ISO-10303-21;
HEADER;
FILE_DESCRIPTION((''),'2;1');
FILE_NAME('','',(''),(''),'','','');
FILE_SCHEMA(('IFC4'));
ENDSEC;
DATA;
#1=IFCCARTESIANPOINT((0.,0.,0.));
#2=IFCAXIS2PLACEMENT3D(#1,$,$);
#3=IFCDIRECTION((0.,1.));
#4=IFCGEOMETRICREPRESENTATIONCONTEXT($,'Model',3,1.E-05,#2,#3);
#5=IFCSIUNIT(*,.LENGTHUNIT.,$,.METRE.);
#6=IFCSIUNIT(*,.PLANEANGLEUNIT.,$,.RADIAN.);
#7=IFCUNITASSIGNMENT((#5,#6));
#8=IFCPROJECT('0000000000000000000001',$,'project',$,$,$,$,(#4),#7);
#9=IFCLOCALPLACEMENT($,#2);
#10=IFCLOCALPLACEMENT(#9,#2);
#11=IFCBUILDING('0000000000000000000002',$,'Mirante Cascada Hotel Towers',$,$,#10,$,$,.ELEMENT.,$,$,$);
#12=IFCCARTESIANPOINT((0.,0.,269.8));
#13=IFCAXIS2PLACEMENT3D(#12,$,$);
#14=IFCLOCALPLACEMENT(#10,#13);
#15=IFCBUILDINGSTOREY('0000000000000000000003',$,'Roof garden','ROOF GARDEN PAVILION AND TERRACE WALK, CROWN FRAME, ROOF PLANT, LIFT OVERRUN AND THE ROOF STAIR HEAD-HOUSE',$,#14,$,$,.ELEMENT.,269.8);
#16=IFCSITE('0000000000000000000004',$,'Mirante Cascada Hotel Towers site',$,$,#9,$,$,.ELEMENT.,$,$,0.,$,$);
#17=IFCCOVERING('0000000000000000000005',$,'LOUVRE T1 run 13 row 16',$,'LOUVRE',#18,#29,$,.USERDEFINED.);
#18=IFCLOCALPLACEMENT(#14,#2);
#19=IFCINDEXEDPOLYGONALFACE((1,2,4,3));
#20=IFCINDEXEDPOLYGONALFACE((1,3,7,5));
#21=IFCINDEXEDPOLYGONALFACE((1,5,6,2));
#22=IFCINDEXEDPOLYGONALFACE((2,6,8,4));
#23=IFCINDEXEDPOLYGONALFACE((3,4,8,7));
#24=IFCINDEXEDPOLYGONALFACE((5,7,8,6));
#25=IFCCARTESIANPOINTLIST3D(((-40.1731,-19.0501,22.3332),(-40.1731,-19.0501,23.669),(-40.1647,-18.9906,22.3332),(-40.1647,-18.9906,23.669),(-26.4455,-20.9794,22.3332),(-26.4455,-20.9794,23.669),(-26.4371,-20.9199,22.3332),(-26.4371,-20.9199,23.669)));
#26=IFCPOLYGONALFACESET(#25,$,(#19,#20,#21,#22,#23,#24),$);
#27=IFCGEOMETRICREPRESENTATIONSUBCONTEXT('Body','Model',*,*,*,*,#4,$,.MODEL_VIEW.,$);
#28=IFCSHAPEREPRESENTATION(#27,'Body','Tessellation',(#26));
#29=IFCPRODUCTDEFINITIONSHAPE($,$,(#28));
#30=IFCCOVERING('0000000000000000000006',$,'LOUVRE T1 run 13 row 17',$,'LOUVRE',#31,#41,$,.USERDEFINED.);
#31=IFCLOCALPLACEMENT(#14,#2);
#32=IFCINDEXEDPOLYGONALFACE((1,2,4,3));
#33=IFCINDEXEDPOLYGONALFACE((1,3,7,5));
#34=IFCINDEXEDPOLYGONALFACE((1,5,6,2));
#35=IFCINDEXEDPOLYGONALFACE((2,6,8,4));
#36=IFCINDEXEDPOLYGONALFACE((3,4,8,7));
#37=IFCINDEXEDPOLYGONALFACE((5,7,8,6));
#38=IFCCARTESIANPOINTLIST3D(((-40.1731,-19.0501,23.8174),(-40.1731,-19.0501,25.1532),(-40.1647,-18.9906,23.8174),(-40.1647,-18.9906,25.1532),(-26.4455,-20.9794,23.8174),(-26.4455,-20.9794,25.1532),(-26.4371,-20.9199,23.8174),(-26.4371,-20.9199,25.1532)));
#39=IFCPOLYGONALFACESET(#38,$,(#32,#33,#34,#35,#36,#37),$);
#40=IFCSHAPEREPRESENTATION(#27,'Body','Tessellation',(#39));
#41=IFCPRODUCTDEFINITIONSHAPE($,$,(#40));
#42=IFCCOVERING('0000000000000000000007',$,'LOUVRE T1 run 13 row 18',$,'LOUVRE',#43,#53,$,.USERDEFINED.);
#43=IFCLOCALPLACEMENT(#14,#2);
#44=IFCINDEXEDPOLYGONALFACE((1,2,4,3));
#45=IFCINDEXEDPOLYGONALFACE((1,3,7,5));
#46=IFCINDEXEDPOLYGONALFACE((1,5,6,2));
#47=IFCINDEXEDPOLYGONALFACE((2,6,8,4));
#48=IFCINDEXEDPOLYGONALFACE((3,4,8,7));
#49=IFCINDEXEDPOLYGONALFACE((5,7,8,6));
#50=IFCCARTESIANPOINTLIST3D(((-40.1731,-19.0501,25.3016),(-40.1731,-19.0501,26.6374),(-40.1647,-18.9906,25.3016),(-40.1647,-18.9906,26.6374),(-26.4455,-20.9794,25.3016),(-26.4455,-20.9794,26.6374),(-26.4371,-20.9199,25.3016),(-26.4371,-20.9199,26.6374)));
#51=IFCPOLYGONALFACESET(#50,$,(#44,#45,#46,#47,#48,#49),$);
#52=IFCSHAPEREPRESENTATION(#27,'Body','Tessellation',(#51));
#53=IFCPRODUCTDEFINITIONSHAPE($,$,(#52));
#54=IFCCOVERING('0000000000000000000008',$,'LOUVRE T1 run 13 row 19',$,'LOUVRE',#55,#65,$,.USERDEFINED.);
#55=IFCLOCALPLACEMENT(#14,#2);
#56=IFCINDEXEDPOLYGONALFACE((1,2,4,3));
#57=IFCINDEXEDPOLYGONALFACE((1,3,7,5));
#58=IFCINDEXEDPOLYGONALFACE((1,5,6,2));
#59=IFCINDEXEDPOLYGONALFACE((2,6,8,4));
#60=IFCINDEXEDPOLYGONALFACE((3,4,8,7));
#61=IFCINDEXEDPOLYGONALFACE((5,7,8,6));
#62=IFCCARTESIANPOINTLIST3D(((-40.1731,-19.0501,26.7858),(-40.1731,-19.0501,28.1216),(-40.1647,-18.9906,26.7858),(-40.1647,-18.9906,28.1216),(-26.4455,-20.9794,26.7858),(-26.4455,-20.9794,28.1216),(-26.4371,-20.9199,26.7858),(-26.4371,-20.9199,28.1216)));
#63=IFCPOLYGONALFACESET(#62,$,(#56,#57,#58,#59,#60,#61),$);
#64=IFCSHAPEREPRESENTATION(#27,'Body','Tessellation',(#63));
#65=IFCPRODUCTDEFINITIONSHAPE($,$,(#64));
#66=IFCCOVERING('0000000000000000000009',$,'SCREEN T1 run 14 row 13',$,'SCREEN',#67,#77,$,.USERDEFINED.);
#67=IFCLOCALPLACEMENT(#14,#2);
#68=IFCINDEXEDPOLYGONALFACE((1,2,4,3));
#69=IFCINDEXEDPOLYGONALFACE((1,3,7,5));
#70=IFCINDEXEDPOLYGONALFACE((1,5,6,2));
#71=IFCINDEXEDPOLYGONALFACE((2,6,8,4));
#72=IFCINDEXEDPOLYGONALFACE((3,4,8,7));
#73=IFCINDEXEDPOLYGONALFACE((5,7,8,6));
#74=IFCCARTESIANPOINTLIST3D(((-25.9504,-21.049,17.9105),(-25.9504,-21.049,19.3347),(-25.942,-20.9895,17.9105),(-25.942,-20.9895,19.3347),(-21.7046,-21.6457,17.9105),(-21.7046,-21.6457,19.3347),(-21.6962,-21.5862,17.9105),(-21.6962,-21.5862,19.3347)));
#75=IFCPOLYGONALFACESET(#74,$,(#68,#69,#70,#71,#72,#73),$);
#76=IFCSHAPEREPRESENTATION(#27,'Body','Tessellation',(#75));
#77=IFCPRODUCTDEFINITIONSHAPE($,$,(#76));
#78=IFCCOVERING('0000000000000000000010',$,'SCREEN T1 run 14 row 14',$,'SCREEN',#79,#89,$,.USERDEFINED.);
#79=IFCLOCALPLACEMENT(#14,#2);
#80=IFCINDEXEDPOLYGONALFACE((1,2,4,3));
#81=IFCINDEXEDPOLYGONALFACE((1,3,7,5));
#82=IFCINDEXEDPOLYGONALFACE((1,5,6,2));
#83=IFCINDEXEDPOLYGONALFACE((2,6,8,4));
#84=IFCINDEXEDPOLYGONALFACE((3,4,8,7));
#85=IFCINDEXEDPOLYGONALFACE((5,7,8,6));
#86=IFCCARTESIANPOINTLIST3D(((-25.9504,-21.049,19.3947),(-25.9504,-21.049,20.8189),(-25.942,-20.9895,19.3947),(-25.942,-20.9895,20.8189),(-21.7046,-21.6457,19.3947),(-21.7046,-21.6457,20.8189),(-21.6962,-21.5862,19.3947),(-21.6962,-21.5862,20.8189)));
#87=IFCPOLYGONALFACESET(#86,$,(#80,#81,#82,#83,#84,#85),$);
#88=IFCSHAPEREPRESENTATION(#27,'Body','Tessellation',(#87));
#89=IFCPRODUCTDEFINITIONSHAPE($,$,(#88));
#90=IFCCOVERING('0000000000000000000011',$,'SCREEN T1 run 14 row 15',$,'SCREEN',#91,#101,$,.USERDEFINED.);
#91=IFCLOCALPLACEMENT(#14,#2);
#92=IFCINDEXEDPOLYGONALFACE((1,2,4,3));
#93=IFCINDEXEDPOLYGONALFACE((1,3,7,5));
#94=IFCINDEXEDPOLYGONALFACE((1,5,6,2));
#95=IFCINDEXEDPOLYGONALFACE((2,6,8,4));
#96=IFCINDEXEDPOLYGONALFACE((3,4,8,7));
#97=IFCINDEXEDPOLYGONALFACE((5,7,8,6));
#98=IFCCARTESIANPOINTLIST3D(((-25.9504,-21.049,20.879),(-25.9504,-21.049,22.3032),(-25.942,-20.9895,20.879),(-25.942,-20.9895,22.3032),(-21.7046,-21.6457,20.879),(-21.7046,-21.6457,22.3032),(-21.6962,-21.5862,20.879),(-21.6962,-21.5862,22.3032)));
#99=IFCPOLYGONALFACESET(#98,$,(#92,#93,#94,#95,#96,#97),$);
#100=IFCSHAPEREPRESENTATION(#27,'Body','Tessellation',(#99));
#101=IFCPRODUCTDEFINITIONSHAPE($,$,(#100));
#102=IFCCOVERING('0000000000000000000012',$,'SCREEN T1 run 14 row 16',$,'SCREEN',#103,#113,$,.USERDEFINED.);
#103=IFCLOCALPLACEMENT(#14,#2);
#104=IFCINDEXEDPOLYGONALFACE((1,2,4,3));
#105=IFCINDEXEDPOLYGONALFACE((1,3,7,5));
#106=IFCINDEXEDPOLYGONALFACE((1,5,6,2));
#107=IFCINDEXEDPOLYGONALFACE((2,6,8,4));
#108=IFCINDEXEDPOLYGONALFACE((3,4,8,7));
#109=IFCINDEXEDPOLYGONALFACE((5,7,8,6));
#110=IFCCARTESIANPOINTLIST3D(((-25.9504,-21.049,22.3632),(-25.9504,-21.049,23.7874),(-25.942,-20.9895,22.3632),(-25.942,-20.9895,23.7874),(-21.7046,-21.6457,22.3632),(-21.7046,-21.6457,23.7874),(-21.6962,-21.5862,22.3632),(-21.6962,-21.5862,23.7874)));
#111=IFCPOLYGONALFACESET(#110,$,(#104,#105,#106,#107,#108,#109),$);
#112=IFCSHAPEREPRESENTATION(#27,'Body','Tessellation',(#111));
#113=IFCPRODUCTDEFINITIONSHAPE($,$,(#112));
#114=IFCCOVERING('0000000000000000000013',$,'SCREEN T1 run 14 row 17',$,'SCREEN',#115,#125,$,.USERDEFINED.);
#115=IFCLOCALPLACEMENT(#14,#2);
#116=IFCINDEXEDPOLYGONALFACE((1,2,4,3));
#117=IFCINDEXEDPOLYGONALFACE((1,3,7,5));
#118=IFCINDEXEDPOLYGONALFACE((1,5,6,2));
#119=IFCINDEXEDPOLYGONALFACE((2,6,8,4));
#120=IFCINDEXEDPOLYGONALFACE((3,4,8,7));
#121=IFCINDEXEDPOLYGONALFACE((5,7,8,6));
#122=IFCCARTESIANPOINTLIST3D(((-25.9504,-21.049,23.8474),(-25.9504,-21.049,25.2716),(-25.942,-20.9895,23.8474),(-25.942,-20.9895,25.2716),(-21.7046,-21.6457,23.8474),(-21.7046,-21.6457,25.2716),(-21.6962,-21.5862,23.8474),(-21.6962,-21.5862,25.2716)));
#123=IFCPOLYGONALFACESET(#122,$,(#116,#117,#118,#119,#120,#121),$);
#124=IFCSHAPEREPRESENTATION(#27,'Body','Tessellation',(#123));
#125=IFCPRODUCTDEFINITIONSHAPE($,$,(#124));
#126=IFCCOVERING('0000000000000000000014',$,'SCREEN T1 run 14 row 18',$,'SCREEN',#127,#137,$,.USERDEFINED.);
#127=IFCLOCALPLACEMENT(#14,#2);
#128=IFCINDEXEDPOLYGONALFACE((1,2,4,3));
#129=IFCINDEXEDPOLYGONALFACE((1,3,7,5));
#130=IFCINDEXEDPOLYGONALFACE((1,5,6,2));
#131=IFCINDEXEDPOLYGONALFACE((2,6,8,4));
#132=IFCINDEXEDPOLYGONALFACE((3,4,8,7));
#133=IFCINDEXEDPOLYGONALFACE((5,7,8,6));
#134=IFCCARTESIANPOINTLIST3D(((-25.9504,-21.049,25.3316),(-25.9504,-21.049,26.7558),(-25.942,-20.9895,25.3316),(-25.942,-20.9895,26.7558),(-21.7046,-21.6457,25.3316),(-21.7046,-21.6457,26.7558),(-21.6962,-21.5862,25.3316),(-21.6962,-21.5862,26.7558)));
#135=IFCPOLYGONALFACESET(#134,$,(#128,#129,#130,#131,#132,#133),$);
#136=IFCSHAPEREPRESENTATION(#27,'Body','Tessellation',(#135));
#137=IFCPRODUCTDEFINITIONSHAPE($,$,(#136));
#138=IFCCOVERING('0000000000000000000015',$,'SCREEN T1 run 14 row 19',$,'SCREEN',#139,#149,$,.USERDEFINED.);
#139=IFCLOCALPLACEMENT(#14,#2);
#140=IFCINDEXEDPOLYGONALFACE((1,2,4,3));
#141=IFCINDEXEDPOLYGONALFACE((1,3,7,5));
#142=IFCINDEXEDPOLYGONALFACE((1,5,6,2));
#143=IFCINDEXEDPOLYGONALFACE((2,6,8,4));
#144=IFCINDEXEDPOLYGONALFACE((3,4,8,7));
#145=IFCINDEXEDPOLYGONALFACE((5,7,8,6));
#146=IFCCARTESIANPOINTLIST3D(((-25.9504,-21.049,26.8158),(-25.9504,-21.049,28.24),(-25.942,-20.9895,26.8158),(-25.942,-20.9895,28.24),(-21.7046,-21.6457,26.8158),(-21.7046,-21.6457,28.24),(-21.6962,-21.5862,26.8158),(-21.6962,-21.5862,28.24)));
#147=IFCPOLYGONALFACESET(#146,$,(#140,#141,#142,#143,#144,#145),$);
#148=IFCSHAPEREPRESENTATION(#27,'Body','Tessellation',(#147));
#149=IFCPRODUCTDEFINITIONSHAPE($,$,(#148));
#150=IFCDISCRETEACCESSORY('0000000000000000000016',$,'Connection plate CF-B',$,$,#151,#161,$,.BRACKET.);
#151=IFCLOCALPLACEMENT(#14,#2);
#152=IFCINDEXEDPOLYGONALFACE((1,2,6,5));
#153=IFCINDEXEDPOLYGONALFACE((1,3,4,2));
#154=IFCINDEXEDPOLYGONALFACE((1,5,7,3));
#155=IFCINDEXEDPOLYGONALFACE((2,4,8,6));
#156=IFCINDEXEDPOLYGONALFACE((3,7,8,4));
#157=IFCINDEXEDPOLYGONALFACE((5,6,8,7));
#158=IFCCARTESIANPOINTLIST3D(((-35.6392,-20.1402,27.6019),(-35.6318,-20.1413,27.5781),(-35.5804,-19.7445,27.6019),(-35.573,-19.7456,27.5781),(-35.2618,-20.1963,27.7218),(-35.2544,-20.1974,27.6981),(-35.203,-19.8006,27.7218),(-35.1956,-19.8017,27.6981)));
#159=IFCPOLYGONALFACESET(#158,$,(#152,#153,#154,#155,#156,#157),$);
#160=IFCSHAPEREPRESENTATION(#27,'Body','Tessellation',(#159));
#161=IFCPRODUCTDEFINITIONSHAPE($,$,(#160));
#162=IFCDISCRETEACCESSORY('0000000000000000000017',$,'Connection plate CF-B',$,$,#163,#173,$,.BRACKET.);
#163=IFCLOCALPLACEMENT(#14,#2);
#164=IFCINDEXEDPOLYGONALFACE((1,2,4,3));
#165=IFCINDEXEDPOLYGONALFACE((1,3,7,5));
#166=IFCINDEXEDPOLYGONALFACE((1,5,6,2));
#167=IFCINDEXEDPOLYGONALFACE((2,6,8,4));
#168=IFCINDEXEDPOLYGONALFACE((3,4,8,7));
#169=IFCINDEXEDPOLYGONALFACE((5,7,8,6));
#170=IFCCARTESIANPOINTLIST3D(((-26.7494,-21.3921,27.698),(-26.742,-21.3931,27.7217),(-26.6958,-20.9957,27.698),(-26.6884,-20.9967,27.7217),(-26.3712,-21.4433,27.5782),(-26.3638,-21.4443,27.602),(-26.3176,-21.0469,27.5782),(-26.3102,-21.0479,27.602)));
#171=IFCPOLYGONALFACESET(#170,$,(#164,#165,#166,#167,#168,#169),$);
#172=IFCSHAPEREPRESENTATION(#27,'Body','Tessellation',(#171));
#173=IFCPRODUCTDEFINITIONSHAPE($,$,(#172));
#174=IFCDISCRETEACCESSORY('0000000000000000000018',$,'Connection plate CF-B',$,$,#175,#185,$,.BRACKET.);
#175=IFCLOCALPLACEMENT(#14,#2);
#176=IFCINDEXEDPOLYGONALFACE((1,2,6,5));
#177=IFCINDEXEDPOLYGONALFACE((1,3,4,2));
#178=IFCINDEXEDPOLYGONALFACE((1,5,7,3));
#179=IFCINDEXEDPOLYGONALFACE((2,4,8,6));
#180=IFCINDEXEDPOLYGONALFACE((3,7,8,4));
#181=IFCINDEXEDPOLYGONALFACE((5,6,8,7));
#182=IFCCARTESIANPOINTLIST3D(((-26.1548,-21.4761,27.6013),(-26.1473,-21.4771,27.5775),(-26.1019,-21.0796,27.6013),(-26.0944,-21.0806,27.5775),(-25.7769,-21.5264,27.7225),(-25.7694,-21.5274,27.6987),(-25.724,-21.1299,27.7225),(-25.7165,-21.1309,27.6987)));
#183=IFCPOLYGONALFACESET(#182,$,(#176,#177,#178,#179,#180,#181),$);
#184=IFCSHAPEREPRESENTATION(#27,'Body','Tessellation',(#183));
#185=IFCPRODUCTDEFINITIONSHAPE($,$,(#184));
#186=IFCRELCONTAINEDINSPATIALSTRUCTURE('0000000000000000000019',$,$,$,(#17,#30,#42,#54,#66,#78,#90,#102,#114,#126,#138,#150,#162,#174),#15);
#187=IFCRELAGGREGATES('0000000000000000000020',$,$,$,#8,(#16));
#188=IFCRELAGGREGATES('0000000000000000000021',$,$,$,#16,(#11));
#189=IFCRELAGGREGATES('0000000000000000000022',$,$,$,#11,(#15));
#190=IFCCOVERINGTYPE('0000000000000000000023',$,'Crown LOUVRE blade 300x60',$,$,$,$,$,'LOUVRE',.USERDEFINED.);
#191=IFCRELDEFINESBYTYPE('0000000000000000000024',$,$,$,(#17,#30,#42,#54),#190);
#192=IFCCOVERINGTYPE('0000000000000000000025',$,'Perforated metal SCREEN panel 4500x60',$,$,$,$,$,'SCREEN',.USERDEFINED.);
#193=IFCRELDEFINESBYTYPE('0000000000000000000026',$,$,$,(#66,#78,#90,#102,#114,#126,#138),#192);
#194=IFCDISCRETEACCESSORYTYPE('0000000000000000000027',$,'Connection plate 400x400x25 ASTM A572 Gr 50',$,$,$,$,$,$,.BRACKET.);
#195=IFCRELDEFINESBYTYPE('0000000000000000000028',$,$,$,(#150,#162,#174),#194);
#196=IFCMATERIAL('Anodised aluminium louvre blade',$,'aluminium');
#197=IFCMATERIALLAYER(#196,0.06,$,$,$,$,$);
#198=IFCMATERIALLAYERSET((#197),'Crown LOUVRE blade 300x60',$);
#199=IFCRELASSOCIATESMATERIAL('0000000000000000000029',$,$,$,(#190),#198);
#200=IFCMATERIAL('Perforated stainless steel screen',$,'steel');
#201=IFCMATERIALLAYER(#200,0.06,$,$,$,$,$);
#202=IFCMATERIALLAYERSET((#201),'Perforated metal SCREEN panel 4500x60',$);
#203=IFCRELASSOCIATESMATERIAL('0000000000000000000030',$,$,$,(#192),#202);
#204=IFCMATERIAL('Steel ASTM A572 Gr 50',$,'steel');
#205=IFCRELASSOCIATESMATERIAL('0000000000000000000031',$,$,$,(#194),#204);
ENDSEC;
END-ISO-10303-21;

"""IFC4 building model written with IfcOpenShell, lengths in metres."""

from ifc_helpers import new_model, si_unit, direction, frame, origin, origin_2d, place, context, subcontext, project, spatial, rectangle, extrude, material, layer, layer_set, material_profile, profile_set, type_object, element, save


model = new_model("IFC4")

# Units and contexts
model_context = context("Model", 3, precision=1e-05, world=origin(), true_north=direction((0.0, 1.0)))
body_context = subcontext(model_context, "Body", "Model", "MODEL_VIEW")
ifc_project = project(units=[si_unit("LENGTHUNIT", "METRE"), si_unit("PLANEANGLEUNIT", "RADIAN")], contexts=[model_context])

# Site, building, storey
site_placement = place(None, origin())
site = spatial("IfcSite", under=ifc_project, at=site_placement, Name="Mirante Cascada Hotel Towers site", CompositionType="ELEMENT", RefElevation=0.0)
building_placement = place(site_placement, origin())
building = spatial("IfcBuilding", under=site, at=building_placement, Name="Mirante Cascada Hotel Towers", CompositionType="ELEMENT")
storey_placement = place(building_placement, frame((0.0, 0.0, 269.8)))
storey = spatial("IfcBuildingStorey", under=building, at=storey_placement, Name="Roof garden", Description="ROOF GARDEN PAVILION AND TERRACE WALK, CROWN FRAME, ROOF PLANT, LIFT OVERRUN AND THE ROOF STAIR HEAD-HOUSE", CompositionType="ELEMENT", Elevation=269.8)

# Coverings
ifc_material_1 = material(Name="Anodised aluminium louvre blade", Category="aluminium")
ifc_layer_1 = layer(ifc_material_1, 0.06)
ifc_layer_set_1 = layer_set([ifc_layer_1], Name="Crown LOUVRE blade 300x60")
covering_type_1 = type_object("IfcCoveringType", Name="Crown LOUVRE blade 300x60", ElementType="LOUVRE", PredefinedType="USERDEFINED", material=ifc_layer_set_1)
for number, where, z_axis, x_axis, name in (
    (1, (-33.3051, -19.985, 22.3332), (0.0, 0.0, 1.0), (0.990268, -0.139173, 0.0), "LOUVRE T1 run 13 row 16"),
    (2, (-33.3051, -19.985, 23.8174), (0.0, 0.0, 1.0), (0.990268, -0.139173, 0.0), "LOUVRE T1 run 13 row 17"),
    (3, (-33.3051, -19.985, 25.3016), (0.0, 0.0, 1.0), (0.990268, -0.139173, 0.0), "LOUVRE T1 run 13 row 18"),
    (4, (-33.3051, -19.985, 26.7858), (0.0, 0.0, 1.0), (0.990268, -0.139173, 0.0), "LOUVRE T1 run 13 row 19"),
):
    element("IfcCovering", number, at=place(storey_placement, frame(where, z_axis=z_axis, x_axis=x_axis)), inside=storey, type_object=covering_type_1, Name=name, ObjectType="LOUVRE", PredefinedType="USERDEFINED", context=body_context, shape_type="SweptSolid", body=[
        extrude(rectangle(XDim=13.8625, YDim=0.06, at=origin_2d()), origin(), (0.0, 0.0, 1.0), 1.3358),
    ])
ifc_material_2 = material(Name="Perforated stainless steel screen", Category="steel")
ifc_layer_2 = layer(ifc_material_2, 0.06)
ifc_layer_set_2 = layer_set([ifc_layer_2], Name="Perforated metal SCREEN panel 4500x60")
covering_type_2 = type_object("IfcCoveringType", Name="Perforated metal SCREEN panel 4500x60", ElementType="SCREEN", PredefinedType="USERDEFINED", material=ifc_layer_set_2)
for number, where, z_axis, x_axis, name in (
    (5, (-23.8233, -21.3176, 17.9105), (0.0, 0.0, 1.0), (0.990268, -0.139173, 0.0), "SCREEN T1 run 14 row 13"),
    (6, (-23.8233, -21.3176, 19.3947), (0.0, 0.0, 1.0), (0.990268, -0.139173, 0.0), "SCREEN T1 run 14 row 14"),
    (7, (-23.8233, -21.3176, 20.879), (0.0, 0.0, 1.0), (0.990268, -0.139173, 0.0), "SCREEN T1 run 14 row 15"),
    (8, (-23.8233, -21.3176, 22.3632), (0.0, 0.0, 1.0), (0.990268, -0.139173, 0.0), "SCREEN T1 run 14 row 16"),
    (9, (-23.8233, -21.3176, 23.8474), (0.0, 0.0, 1.0), (0.990268, -0.139173, 0.0), "SCREEN T1 run 14 row 17"),
    (10, (-23.8233, -21.3176, 25.3316), (0.0, 0.0, 1.0), (0.990268, -0.139173, 0.0), "SCREEN T1 run 14 row 18"),
    (11, (-23.8233, -21.3176, 26.8158), (0.0, 0.0, 1.0), (0.990268, -0.139173, 0.0), "SCREEN T1 run 14 row 19"),
):
    element("IfcCovering", number, at=place(storey_placement, frame(where, z_axis=z_axis, x_axis=x_axis)), inside=storey, type_object=covering_type_2, Name=name, ObjectType="SCREEN", PredefinedType="USERDEFINED", context=body_context, shape_type="SweptSolid", body=[
        extrude(rectangle(XDim=4.2875, YDim=0.06, at=origin_2d()), origin(), (0.0, 0.0, 1.0), 1.4242),
    ])

# Discrete accessories
ifc_material_3 = material(Name="Steel ASTM A572 Gr 50", Category="steel")
ifc_material_profile_1 = material_profile(ifc_material_3, rectangle(XDim=0.4, YDim=0.4, at=origin_2d()), Name="Connection plate 400x400x25 ASTM A572 Gr 50")
ifc_profile_set_1 = profile_set([ifc_material_profile_1], Name="Steel ASTM A572 Gr 50")
discrete_accessory_type = type_object("IfcDiscreteAccessoryType", Name="Connection plate 400x400x25 ASTM A572 Gr 50", PredefinedType="BRACKET", material=ifc_profile_set_1)
for number, where, z_axis, x_axis, name in (
    (12, (-35.4137, -19.9715, 27.6381), (-0.296615, 0.044091, 0.953979), (-0.147033, -0.989132, 0.0), "Connection plate CF-B"),
    (13, (-26.5335, -21.2195, 27.6381), (0.296665, -0.04009, 0.95414), (0.133918, 0.990992, 0.0), "Connection plate CF-B"),
):
    element("IfcDiscreteAccessory", number, at=place(storey_placement, frame(where, z_axis=z_axis, x_axis=x_axis)), inside=storey, type_object=discrete_accessory_type, Name=name, PredefinedType="BRACKET", context=body_context, shape_type="SweptSolid", body=[
        extrude(rectangle(XDim=0.4, YDim=0.4, at=origin_2d()), origin(), (0.0, 0.0, 1.0), 0.0249),
    ])
discrete_accessory_placement = place(storey_placement, frame((-25.9319, -21.304, 27.6381), z_axis=(-0.300315, 0.040042, 0.952999), x_axis=(-0.132164, -0.991228, 0.0)))
element("IfcDiscreteAccessory", 14, at=discrete_accessory_placement, inside=storey, type_object=discrete_accessory_type, Name="Connection plate CF-B", PredefinedType="BRACKET", context=body_context, shape_type="SweptSolid", body=[
    extrude(rectangle(XDim=0.4, YDim=0.4, at=origin_2d()), origin(), (0.0, 0.0, 1.0), 0.025),
])

save(model, "model.ifc")
